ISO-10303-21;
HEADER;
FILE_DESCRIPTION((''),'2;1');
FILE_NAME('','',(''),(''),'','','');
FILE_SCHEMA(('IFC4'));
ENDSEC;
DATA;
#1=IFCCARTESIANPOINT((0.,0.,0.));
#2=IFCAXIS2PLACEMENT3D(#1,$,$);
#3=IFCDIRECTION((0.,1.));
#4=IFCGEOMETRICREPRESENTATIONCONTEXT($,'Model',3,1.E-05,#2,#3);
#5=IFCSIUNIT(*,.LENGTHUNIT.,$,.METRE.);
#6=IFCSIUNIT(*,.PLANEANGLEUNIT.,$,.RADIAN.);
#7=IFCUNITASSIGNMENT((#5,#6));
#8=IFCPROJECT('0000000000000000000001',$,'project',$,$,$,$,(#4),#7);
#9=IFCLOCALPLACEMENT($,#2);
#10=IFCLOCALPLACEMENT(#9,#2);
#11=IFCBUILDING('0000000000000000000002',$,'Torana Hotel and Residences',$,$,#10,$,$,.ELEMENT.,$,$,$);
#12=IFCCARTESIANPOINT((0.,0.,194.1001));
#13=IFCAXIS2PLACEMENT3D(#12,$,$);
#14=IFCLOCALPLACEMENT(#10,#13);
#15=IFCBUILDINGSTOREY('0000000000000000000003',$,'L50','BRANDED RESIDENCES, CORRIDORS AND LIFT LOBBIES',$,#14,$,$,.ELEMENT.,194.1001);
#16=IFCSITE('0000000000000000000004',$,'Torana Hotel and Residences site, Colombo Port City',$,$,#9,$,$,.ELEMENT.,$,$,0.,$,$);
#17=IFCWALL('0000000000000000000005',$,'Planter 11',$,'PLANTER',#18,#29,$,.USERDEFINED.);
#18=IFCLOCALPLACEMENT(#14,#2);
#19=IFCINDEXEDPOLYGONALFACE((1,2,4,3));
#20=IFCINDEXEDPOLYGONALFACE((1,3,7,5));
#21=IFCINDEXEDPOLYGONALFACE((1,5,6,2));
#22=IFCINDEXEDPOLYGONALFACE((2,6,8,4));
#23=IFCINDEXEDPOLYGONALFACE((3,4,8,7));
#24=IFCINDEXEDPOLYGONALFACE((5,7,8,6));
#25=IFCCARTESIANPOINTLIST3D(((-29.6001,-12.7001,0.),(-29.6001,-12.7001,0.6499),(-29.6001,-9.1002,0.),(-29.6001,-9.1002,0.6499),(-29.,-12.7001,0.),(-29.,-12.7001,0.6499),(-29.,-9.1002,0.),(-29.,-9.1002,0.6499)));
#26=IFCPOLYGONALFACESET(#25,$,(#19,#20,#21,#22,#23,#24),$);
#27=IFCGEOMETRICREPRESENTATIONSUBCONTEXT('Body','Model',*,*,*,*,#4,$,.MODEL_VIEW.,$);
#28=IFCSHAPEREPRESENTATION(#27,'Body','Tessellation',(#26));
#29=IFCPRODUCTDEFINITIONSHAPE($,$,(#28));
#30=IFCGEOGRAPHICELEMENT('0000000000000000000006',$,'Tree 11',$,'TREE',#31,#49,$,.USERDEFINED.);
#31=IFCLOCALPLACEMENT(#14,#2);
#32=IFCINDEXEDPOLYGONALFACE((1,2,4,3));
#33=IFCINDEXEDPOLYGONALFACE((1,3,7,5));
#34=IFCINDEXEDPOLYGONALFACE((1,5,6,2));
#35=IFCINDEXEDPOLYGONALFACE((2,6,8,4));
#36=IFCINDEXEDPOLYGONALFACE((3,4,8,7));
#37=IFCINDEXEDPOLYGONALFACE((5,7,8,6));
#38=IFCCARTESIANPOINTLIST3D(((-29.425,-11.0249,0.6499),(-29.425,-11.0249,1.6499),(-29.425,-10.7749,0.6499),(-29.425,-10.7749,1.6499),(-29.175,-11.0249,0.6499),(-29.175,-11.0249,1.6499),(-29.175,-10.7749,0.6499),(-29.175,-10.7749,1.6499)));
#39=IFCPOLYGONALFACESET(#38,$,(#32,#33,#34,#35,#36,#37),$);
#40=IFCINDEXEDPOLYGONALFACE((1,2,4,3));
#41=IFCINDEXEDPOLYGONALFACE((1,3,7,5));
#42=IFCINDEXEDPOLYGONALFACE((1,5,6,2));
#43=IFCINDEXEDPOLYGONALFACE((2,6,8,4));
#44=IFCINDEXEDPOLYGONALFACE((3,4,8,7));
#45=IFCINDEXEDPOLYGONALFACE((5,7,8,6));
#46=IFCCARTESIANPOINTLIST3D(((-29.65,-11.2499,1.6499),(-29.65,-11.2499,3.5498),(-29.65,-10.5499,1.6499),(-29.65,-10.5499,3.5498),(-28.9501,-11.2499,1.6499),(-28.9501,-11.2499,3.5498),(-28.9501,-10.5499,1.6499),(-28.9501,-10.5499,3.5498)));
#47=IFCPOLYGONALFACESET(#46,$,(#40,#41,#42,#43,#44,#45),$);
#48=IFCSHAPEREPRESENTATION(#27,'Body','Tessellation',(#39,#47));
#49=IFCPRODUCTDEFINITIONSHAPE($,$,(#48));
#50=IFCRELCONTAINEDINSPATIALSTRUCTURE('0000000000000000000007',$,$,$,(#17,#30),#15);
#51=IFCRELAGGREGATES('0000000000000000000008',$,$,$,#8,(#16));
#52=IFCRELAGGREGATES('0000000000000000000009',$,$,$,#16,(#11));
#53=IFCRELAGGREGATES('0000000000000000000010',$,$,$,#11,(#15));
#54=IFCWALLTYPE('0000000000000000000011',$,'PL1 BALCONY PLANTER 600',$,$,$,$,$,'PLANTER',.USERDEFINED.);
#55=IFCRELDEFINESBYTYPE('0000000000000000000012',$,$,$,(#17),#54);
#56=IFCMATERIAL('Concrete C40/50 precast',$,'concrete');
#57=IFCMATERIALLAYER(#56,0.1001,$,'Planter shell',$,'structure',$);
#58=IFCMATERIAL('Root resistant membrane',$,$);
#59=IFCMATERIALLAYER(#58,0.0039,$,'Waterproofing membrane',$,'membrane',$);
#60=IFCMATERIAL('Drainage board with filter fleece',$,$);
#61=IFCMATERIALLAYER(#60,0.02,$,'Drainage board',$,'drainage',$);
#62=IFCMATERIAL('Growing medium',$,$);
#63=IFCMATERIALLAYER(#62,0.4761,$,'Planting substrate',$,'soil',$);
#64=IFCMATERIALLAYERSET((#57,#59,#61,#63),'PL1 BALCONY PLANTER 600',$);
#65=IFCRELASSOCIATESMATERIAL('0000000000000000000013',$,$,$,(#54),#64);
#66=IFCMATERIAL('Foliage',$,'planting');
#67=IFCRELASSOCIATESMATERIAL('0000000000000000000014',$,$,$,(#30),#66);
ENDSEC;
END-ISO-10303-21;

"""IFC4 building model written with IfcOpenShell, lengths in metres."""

from ifc_helpers import new_model, si_unit, direction, frame, frame_2d, origin, origin_2d, place, context, subcontext, project, spatial, rectangle, extrude, material, layer, layer_set, type_object, element, save


model = new_model("IFC4")

# Units and contexts
model_context = context("Model", 3, precision=1e-05, world=origin(), true_north=direction((0.0, 1.0)))
body_context = subcontext(model_context, "Body", "Model", "MODEL_VIEW")
ifc_project = project(units=[si_unit("LENGTHUNIT", "METRE"), si_unit("PLANEANGLEUNIT", "RADIAN")], contexts=[model_context])

# Site, building, storey
site_placement = place(None, origin())
site = spatial("IfcSite", under=ifc_project, at=site_placement, Name="Torana Hotel and Residences site, Colombo Port City", CompositionType="ELEMENT", RefElevation=0.0)
building_placement = place(site_placement, origin())
building = spatial("IfcBuilding", under=site, at=building_placement, Name="Torana Hotel and Residences", CompositionType="ELEMENT")
storey_placement = place(building_placement, frame((0.0, 0.0, 194.1001)))
storey = spatial("IfcBuildingStorey", under=building, at=storey_placement, Name="L50", Description="BRANDED RESIDENCES, CORRIDORS AND LIFT LOBBIES", CompositionType="ELEMENT", Elevation=194.1001)

# Wall
ifc_material_1 = material(Name="Concrete C40/50 precast", Category="concrete")
ifc_layer_1 = layer(ifc_material_1, 0.1001, Name="Planter shell", Category="structure")
ifc_material_2 = material(Name="Root resistant membrane")
ifc_layer_2 = layer(ifc_material_2, 0.0039, Name="Waterproofing membrane", Category="membrane")
ifc_material_3 = material(Name="Drainage board with filter fleece")
ifc_layer_3 = layer(ifc_material_3, 0.02, Name="Drainage board", Category="drainage")
ifc_material_4 = material(Name="Growing medium")
ifc_layer_4 = layer(ifc_material_4, 0.4761, Name="Planting substrate", Category="soil")
ifc_layer_set_1 = layer_set([ifc_layer_1, ifc_layer_2, ifc_layer_3, ifc_layer_4], Name="PL1 BALCONY PLANTER 600")
wall_type_1 = type_object("IfcWallType", Name="PL1 BALCONY PLANTER 600", ElementType="PLANTER", PredefinedType="USERDEFINED", material=ifc_layer_set_1)
wall_1_placement = place(storey_placement, frame((-29.3, -12.7, 0.0), z_axis=(0.0, 0.0, 1.0), x_axis=(0.0, 1.0, 0.0)))
element("IfcWall", 1, at=wall_1_placement, inside=storey, type_object=wall_type_1, Name="Planter 11", ObjectType="PLANTER", PredefinedType="USERDEFINED", context=body_context, shape_type="SweptSolid", body=[
    extrude(rectangle(XDim=3.5999, YDim=0.6001, at=frame_2d((1.7998, 0.0))), origin(), (0.0, 0.0, 1.0), 0.6499),
])

# Geographic element
ifc_material_5 = material(Name="Foliage", Category="planting")
geographic_element_placement = place(storey_placement, frame((-29.3, -10.8999, 0.6499), z_axis=(0.0, 0.0, 1.0), x_axis=(1.0, 0.0, 0.0)))
element("IfcGeographicElement", 2, at=geographic_element_placement, inside=storey, material=ifc_material_5, Name="Tree 11", ObjectType="TREE", PredefinedType="USERDEFINED", context=body_context, shape_type="SweptSolid", body=[
    extrude(rectangle(XDim=0.25, YDim=0.25, at=origin_2d()), origin(), (0.0, 0.0, 1.0), 1.0),
    extrude(rectangle(XDim=0.7, YDim=0.7, at=origin_2d()), frame((0.0, 0.0, 1.0)), (0.0, 0.0, 1.0), 1.8999),
])

save(model, "model.ifc")
